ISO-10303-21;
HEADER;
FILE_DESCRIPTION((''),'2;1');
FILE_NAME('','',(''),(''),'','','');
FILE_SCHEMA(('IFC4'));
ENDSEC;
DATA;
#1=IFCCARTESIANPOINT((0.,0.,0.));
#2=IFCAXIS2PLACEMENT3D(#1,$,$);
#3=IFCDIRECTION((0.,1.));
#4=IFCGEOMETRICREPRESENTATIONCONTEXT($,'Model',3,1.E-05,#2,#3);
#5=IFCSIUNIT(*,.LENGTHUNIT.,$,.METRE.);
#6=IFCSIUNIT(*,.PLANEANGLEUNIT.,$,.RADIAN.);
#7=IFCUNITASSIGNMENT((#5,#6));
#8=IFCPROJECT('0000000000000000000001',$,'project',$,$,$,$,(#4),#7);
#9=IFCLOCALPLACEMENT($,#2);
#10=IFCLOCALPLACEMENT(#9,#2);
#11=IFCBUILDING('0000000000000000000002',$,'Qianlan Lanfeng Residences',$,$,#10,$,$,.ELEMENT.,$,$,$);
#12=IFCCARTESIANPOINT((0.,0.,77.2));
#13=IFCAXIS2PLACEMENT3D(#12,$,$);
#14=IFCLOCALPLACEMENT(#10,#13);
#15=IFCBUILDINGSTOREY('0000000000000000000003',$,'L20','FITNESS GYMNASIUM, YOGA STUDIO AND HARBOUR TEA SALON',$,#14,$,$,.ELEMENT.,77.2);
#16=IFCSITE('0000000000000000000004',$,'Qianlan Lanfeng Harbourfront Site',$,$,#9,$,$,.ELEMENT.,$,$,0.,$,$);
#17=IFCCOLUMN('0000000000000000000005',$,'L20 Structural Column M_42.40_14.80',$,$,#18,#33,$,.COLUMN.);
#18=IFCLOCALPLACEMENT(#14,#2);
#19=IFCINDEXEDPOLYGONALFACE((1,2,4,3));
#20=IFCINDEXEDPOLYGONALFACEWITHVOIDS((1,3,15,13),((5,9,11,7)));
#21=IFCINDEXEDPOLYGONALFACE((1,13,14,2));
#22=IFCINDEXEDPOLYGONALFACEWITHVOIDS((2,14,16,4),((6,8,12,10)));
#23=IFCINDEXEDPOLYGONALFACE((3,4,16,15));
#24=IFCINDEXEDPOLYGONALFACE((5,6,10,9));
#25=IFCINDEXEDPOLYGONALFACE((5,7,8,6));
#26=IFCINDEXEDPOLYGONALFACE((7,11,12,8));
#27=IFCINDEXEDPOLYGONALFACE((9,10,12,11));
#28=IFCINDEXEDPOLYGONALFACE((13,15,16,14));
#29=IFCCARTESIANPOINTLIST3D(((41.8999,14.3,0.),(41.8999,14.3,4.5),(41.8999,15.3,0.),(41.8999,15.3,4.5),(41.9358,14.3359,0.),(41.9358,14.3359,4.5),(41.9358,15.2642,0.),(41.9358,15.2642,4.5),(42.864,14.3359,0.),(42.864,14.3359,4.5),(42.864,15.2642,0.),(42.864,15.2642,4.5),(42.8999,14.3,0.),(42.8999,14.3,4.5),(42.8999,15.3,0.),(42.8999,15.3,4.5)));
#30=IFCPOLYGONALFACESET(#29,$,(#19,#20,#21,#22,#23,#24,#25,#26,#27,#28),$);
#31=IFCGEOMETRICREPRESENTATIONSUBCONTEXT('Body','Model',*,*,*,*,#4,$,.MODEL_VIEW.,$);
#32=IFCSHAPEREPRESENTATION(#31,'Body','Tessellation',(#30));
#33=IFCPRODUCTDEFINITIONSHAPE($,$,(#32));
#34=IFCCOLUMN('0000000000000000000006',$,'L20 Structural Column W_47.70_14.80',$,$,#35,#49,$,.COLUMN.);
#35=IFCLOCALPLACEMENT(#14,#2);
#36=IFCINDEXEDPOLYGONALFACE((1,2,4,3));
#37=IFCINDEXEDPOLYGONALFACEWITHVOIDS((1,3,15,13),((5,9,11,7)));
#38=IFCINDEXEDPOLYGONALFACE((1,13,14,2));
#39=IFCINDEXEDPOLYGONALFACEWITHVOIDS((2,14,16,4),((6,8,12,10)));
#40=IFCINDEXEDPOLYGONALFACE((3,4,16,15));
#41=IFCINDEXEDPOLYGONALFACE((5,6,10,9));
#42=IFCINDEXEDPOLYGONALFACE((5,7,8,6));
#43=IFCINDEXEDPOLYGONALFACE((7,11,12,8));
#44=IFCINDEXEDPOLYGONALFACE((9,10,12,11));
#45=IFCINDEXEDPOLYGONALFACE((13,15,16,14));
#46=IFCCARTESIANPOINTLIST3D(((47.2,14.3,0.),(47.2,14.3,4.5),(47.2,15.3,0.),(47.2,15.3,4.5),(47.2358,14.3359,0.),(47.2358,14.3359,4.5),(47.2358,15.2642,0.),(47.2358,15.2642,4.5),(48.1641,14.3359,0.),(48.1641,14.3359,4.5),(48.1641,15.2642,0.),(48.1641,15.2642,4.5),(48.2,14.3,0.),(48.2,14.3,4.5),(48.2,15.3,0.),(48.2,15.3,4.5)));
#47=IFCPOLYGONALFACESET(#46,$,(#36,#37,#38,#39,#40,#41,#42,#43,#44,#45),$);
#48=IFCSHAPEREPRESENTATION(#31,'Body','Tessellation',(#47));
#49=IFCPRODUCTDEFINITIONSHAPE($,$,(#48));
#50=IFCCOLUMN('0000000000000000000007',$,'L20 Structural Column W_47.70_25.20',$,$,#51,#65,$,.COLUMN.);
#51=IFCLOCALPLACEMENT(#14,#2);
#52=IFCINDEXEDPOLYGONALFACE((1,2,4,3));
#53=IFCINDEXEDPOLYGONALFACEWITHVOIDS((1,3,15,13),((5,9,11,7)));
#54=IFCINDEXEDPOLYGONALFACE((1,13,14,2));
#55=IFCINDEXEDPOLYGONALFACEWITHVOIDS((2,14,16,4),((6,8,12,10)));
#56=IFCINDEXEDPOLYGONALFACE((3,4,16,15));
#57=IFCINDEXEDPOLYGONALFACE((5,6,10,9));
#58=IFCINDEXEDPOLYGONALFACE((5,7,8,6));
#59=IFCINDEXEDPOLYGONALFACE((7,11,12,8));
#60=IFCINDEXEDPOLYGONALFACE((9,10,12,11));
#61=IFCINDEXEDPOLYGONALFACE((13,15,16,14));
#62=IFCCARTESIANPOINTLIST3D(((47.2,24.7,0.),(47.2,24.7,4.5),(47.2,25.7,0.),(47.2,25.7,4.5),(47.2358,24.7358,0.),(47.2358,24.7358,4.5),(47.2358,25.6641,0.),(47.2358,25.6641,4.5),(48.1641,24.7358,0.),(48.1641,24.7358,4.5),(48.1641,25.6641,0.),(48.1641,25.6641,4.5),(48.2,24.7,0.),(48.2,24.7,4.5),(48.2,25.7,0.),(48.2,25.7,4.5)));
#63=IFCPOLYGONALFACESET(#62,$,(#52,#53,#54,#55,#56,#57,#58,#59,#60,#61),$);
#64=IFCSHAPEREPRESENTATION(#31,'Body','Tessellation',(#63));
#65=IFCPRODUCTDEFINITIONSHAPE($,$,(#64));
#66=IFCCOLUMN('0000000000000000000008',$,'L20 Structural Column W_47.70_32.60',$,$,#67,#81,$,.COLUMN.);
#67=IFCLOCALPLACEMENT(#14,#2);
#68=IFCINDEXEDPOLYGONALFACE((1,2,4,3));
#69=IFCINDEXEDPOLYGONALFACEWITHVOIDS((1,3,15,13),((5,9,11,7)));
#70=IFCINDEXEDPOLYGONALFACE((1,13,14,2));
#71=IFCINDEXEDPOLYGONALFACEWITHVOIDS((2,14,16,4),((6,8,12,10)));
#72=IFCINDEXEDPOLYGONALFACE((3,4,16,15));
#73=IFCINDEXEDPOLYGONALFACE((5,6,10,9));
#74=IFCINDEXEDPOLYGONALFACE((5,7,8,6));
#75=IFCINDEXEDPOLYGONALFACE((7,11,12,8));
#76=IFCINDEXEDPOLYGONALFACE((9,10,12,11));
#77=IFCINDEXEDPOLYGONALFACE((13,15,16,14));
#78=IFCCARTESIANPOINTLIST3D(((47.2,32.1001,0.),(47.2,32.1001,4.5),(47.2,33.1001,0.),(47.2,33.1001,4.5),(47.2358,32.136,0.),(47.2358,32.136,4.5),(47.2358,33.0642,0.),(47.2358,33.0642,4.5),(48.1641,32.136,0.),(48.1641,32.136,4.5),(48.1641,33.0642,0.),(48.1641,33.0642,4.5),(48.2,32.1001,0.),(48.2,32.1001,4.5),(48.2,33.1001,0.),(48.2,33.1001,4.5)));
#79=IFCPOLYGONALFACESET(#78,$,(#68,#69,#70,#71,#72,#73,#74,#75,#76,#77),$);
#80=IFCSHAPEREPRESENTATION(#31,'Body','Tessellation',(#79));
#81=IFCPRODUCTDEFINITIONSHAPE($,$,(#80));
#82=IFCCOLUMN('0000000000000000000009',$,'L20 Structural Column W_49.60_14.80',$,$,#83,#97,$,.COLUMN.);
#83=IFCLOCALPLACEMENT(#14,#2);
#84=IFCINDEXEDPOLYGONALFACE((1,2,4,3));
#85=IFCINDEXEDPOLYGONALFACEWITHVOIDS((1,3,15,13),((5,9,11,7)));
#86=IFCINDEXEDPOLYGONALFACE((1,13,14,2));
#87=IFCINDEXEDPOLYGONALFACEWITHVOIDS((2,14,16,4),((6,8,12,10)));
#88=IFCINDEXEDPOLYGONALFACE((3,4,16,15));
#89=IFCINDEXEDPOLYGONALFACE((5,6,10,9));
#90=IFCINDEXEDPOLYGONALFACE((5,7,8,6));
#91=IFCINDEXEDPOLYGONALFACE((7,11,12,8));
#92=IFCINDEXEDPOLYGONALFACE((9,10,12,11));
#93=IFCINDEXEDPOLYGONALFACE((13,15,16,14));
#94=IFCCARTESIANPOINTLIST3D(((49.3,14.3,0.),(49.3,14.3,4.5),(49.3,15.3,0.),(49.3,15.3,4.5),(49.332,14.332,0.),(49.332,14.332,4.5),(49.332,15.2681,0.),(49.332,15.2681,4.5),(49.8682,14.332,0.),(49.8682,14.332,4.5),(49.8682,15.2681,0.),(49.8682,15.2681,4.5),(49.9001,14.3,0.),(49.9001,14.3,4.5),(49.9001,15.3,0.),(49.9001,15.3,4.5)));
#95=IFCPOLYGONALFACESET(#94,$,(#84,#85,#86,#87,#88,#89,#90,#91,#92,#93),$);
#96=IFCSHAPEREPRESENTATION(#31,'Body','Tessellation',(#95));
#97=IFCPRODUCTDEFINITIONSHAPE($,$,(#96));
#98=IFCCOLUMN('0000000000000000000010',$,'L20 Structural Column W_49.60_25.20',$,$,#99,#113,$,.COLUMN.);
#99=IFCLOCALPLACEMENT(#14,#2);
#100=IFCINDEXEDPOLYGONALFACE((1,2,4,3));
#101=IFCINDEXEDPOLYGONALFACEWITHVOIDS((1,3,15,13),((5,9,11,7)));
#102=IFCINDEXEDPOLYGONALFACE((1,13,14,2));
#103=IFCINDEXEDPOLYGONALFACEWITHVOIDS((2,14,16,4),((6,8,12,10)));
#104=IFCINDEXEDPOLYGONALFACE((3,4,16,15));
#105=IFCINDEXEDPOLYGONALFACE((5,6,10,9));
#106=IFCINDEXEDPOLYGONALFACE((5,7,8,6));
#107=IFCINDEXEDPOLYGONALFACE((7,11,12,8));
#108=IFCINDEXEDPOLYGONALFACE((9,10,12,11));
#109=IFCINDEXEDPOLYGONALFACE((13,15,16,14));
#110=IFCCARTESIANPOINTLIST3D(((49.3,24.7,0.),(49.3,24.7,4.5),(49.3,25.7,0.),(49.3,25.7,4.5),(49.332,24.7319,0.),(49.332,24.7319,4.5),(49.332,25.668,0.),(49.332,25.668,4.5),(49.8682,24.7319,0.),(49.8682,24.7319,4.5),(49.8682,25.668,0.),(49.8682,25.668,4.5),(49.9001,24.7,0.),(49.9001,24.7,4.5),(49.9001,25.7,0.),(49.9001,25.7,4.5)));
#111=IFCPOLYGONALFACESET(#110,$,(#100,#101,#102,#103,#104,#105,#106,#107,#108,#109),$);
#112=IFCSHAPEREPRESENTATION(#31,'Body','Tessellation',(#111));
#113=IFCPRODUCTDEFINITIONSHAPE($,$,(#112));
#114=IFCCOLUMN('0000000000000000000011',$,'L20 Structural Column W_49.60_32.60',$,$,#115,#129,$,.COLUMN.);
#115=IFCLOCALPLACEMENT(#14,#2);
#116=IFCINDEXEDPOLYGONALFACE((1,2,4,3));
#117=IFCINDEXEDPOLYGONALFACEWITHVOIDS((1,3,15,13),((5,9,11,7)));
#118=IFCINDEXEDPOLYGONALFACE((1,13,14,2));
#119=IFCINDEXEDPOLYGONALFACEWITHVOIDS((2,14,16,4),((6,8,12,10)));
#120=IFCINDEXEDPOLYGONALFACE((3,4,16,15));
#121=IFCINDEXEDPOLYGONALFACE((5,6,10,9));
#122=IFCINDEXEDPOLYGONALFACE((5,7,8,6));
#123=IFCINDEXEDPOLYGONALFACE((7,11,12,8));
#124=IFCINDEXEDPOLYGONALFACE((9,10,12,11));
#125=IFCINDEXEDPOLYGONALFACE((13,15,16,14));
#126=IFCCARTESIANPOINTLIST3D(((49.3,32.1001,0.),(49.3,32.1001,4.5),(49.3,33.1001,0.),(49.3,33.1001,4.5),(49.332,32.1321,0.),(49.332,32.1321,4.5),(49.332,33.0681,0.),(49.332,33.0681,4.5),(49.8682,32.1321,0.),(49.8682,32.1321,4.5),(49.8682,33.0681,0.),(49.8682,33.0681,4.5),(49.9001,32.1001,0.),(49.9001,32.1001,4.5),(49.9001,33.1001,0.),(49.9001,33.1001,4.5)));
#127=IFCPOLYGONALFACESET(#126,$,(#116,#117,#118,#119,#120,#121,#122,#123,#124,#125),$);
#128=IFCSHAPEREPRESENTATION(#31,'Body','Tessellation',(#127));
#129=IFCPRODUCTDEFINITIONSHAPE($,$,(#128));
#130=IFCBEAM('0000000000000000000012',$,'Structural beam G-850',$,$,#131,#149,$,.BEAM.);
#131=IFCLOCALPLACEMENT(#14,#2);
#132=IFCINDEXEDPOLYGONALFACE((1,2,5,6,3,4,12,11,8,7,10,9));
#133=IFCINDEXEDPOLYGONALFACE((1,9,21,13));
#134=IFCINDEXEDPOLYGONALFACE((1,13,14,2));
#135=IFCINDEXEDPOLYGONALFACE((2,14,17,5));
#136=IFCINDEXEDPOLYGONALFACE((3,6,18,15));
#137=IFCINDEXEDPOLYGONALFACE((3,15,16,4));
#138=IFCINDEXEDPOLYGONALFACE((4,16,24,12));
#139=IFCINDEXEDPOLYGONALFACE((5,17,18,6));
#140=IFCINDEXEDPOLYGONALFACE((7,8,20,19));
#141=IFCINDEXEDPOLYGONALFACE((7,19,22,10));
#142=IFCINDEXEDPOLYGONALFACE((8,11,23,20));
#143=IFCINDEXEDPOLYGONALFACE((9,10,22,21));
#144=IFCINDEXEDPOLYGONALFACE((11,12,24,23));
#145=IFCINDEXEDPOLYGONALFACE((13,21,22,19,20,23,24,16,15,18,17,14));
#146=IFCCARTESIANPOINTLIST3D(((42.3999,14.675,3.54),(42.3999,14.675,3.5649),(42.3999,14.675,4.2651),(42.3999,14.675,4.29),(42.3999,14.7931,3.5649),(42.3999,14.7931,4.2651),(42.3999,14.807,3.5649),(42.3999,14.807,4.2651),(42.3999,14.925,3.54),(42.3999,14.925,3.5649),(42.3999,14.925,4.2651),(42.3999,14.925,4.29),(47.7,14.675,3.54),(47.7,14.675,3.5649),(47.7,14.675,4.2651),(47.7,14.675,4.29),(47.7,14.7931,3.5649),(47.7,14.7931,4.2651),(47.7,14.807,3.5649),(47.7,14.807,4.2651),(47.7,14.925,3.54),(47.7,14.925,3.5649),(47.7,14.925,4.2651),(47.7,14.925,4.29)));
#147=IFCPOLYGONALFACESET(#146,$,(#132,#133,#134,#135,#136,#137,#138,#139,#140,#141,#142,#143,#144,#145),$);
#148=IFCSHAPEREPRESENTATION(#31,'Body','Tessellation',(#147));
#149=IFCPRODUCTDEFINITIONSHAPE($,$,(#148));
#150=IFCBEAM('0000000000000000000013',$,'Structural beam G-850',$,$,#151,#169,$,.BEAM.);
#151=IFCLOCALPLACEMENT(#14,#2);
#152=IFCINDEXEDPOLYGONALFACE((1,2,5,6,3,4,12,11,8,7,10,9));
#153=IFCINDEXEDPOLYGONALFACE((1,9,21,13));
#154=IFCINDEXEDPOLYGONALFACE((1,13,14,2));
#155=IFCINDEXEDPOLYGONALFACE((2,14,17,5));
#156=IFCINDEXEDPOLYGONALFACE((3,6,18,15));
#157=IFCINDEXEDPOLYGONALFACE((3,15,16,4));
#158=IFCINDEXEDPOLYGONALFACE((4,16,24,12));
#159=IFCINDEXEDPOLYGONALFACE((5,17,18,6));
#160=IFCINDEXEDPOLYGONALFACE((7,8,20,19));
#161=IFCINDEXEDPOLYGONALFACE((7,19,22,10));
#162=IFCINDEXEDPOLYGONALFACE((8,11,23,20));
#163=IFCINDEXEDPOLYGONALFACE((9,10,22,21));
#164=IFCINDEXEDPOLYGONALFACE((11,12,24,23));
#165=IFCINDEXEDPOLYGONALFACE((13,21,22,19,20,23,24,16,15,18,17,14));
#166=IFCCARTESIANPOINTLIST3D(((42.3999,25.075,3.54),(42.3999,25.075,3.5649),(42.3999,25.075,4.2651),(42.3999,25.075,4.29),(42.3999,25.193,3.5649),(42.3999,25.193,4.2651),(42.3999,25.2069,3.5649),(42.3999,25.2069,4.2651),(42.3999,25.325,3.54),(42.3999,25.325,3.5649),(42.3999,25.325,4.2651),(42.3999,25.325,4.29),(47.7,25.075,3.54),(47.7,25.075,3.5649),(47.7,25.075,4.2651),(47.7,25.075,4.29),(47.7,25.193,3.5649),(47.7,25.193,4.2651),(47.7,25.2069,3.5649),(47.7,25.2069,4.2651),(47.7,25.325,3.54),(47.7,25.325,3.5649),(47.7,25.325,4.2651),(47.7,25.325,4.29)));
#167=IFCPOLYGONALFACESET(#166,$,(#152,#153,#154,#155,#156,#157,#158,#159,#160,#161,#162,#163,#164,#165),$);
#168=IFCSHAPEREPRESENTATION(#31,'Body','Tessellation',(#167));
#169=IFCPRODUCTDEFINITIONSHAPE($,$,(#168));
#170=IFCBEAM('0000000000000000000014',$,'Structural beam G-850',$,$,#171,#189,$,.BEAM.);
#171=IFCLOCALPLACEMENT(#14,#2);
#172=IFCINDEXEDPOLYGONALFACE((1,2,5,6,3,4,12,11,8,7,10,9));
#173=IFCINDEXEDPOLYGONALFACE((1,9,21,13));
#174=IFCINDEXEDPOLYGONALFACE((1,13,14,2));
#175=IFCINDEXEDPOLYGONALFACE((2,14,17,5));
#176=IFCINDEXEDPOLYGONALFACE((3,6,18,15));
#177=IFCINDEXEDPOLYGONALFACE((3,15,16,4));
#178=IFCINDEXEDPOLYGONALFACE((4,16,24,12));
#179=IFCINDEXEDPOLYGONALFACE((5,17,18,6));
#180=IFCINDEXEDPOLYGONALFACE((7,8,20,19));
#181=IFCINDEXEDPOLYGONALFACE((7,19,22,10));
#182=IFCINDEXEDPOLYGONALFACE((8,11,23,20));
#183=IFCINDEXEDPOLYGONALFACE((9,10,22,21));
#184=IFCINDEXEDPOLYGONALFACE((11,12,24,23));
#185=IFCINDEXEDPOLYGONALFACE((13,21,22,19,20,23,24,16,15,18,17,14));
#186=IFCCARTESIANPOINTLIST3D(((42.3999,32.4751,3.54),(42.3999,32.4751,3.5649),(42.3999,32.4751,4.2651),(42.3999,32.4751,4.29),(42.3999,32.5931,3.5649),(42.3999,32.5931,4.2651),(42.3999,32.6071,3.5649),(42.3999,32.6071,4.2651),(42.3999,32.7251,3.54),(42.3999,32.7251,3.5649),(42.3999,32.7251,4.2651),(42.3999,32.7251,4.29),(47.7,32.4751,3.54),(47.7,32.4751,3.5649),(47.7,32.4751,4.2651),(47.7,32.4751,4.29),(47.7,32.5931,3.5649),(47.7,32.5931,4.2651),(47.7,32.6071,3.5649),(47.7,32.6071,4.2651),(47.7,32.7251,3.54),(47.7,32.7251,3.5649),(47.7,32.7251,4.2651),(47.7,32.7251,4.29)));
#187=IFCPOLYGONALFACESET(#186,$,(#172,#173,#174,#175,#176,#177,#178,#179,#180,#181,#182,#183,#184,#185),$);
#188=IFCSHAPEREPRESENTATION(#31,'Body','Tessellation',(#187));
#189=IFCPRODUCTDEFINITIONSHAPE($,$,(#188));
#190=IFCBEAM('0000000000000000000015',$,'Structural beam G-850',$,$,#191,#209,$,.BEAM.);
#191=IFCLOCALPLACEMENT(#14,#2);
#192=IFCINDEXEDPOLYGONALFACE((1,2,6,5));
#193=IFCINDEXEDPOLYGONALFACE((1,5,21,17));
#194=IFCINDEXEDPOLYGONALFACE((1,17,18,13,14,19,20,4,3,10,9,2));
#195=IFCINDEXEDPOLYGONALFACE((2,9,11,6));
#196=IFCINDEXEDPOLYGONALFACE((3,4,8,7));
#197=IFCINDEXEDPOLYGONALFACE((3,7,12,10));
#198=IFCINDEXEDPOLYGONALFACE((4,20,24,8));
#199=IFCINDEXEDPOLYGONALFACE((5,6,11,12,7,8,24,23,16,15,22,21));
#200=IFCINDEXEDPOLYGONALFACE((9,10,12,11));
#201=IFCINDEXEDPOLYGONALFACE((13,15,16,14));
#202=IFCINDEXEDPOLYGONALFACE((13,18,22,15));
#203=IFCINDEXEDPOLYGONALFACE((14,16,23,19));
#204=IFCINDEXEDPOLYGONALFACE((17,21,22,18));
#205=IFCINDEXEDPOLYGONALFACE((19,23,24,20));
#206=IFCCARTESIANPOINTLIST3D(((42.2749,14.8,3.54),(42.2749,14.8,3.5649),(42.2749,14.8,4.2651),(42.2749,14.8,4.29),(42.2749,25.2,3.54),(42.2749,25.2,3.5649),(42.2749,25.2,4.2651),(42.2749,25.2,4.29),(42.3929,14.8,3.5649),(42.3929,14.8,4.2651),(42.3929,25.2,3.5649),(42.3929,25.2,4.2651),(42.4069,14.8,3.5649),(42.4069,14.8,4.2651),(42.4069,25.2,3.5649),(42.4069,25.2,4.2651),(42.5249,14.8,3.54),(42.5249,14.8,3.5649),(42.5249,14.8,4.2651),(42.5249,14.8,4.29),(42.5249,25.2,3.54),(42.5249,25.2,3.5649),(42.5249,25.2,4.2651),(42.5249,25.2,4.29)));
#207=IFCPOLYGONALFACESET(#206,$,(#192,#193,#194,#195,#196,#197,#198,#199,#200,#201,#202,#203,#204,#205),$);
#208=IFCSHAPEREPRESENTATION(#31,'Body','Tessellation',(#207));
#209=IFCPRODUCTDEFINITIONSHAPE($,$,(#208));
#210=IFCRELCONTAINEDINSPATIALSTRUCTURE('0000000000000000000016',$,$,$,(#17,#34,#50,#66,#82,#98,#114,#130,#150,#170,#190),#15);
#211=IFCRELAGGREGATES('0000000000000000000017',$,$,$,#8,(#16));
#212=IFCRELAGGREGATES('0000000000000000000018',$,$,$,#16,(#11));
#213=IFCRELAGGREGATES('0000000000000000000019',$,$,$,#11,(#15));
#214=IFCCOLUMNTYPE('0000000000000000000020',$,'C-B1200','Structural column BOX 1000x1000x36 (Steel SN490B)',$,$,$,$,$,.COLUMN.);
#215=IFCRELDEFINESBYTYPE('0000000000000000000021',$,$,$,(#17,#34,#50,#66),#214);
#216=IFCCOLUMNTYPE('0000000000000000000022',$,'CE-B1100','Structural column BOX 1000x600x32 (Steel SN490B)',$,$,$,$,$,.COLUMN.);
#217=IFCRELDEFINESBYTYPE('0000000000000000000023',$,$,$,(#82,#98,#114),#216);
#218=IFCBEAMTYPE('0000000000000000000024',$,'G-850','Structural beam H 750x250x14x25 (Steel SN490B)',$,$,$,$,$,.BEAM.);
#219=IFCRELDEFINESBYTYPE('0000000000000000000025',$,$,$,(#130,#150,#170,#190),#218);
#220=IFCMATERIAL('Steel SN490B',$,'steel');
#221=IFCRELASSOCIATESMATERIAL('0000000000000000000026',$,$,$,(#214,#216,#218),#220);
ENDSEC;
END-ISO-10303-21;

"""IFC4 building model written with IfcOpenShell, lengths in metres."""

from ifc_helpers import new_model, si_unit, direction, frame, origin, origin_2d, place, context, subcontext, project, spatial, hollow_rectangle, i_section, extrude, material, material_profile, profile_set, type_object, element, save


model = new_model("IFC4")

# Units and contexts
model_context = context("Model", 3, precision=1e-05, world=origin(), true_north=direction((0.0, 1.0)))
body_context = subcontext(model_context, "Body", "Model", "MODEL_VIEW")
ifc_project = project(units=[si_unit("LENGTHUNIT", "METRE"), si_unit("PLANEANGLEUNIT", "RADIAN")], contexts=[model_context])

# Site, building, storey
site_placement = place(None, origin())
site = spatial("IfcSite", under=ifc_project, at=site_placement, Name="Qianlan Lanfeng Harbourfront Site", CompositionType="ELEMENT", RefElevation=0.0)
building_placement = place(site_placement, origin())
building = spatial("IfcBuilding", under=site, at=building_placement, Name="Qianlan Lanfeng Residences", CompositionType="ELEMENT")
storey_placement = place(building_placement, frame((0.0, 0.0, 77.2)))
storey = spatial("IfcBuildingStorey", under=building, at=storey_placement, Name="L20", Description="FITNESS GYMNASIUM, YOGA STUDIO AND HARBOUR TEA SALON", CompositionType="ELEMENT", Elevation=77.2)

# Columns
ifc_material_1 = material(Name="Steel SN490B", Category="steel")
ifc_material_profile_1 = material_profile(ifc_material_1, hollow_rectangle(XDim=1.0, YDim=1.0, WallThickness=0.0359, at=origin_2d()), Name="BOX 1000x1000x36")
ifc_profile_set_1 = profile_set([ifc_material_profile_1], Name="Steel SN490B")
column_type_1 = type_object("IfcColumnType", Name="C-B1200", Description="Structural column BOX 1000x1000x36 (Steel SN490B)", PredefinedType="COLUMN", material=ifc_profile_set_1)
for number, where, z_axis, x_axis, name in (
    (1, (42.3999, 14.8, 0.0), (0.0, 0.0, 1.0), (1.0, 0.0, 0.0), "L20 Structural Column M_42.40_14.80"),
    (2, (47.7, 14.8, 0.0), (0.0, 0.0, 1.0), (1.0, 0.0, 0.0), "L20 Structural Column W_47.70_14.80"),
    (3, (47.7, 25.2, 0.0), (0.0, 0.0, 1.0), (1.0, 0.0, 0.0), "L20 Structural Column W_47.70_25.20"),
    (4, (47.7, 32.6001, 0.0), (0.0, 0.0, 1.0), (1.0, 0.0, 0.0), "L20 Structural Column W_47.70_32.60"),
):
    element("IfcColumn", number, at=place(storey_placement, frame(where, z_axis=z_axis, x_axis=x_axis)), inside=storey, type_object=column_type_1, Name=name, PredefinedType="COLUMN", context=body_context, shape_type="SweptSolid", body=[
        extrude(hollow_rectangle(XDim=1.0, YDim=1.0, WallThickness=0.0359, at=origin_2d()), origin(), (0.0, 0.0, 1.0), 4.5),
    ])
ifc_material_profile_2 = material_profile(ifc_material_1, hollow_rectangle(XDim=0.6001, YDim=1.0, WallThickness=0.032, at=origin_2d()), Name="BOX 1000x600x32")
ifc_profile_set_2 = profile_set([ifc_material_profile_2], Name="Steel SN490B")
column_type_2 = type_object("IfcColumnType", Name="CE-B1100", Description="Structural column BOX 1000x600x32 (Steel SN490B)", PredefinedType="COLUMN", material=ifc_profile_set_2)
for number, where, z_axis, x_axis, name in (
    (5, (49.6001, 14.8, 0.0), (0.0, 0.0, 1.0), (1.0, 0.0, 0.0), "L20 Structural Column W_49.60_14.80"),
    (6, (49.6001, 25.2, 0.0), (0.0, 0.0, 1.0), (1.0, 0.0, 0.0), "L20 Structural Column W_49.60_25.20"),
    (7, (49.6001, 32.6001, 0.0), (0.0, 0.0, 1.0), (1.0, 0.0, 0.0), "L20 Structural Column W_49.60_32.60"),
):
    element("IfcColumn", number, at=place(storey_placement, frame(where, z_axis=z_axis, x_axis=x_axis)), inside=storey, type_object=column_type_2, Name=name, PredefinedType="COLUMN", context=body_context, shape_type="SweptSolid", body=[
        extrude(hollow_rectangle(XDim=0.6001, YDim=1.0, WallThickness=0.032, at=origin_2d()), origin(), (0.0, 0.0, 1.0), 4.5),
    ])

# Beams
ifc_material_profile_3 = material_profile(ifc_material_1, i_section(OverallWidth=0.25, OverallDepth=0.75, WebThickness=0.0139, FlangeThickness=0.0249, at=origin_2d()), Name="H 750x250x14x25")
ifc_profile_set_3 = profile_set([ifc_material_profile_3], Name="Steel SN490B")
beam_type_1 = type_object("IfcBeamType", Name="G-850", Description="Structural beam H 750x250x14x25 (Steel SN490B)", PredefinedType="BEAM", material=ifc_profile_set_3)
for number, where, z_axis, x_axis, name in (
    (8, (42.3999, 14.8, 3.915), (1.0, 0.0, 0.0), (0.0, 1.0, 0.0), "Structural beam G-850"),
    (9, (42.3999, 25.2, 3.915), (1.0, 0.0, 0.0), (0.0, 1.0, 0.0), "Structural beam G-850"),
    (10, (42.3999, 32.6001, 3.915), (1.0, 0.0, 0.0), (0.0, 1.0, 0.0), "Structural beam G-850"),
):
    element("IfcBeam", number, at=place(storey_placement, frame(where, z_axis=z_axis, x_axis=x_axis)), inside=storey, type_object=beam_type_1, Name=name, PredefinedType="BEAM", context=body_context, shape_type="SweptSolid", body=[
        extrude(i_section(OverallWidth=0.25, OverallDepth=0.75, WebThickness=0.0139, FlangeThickness=0.0249, at=origin_2d()), origin(), (0.0, 0.0, 1.0), 5.3),
    ])
for number, where, z_axis, x_axis, name in (
    (11, (42.3999, 14.8, 3.915), (0.0, 1.0, 0.0), (-1.0, 0.0, 0.0), "Structural beam G-850"),
):
    element("IfcBeam", number, at=place(storey_placement, frame(where, z_axis=z_axis, x_axis=x_axis)), inside=storey, type_object=beam_type_1, Name=name, PredefinedType="BEAM", context=body_context, shape_type="SweptSolid", body=[
        extrude(i_section(OverallWidth=0.25, OverallDepth=0.75, WebThickness=0.0139, FlangeThickness=0.0249, at=origin_2d()), origin(), (0.0, 0.0, 1.0), 10.3999),
    ])

save(model, "model.ifc")
